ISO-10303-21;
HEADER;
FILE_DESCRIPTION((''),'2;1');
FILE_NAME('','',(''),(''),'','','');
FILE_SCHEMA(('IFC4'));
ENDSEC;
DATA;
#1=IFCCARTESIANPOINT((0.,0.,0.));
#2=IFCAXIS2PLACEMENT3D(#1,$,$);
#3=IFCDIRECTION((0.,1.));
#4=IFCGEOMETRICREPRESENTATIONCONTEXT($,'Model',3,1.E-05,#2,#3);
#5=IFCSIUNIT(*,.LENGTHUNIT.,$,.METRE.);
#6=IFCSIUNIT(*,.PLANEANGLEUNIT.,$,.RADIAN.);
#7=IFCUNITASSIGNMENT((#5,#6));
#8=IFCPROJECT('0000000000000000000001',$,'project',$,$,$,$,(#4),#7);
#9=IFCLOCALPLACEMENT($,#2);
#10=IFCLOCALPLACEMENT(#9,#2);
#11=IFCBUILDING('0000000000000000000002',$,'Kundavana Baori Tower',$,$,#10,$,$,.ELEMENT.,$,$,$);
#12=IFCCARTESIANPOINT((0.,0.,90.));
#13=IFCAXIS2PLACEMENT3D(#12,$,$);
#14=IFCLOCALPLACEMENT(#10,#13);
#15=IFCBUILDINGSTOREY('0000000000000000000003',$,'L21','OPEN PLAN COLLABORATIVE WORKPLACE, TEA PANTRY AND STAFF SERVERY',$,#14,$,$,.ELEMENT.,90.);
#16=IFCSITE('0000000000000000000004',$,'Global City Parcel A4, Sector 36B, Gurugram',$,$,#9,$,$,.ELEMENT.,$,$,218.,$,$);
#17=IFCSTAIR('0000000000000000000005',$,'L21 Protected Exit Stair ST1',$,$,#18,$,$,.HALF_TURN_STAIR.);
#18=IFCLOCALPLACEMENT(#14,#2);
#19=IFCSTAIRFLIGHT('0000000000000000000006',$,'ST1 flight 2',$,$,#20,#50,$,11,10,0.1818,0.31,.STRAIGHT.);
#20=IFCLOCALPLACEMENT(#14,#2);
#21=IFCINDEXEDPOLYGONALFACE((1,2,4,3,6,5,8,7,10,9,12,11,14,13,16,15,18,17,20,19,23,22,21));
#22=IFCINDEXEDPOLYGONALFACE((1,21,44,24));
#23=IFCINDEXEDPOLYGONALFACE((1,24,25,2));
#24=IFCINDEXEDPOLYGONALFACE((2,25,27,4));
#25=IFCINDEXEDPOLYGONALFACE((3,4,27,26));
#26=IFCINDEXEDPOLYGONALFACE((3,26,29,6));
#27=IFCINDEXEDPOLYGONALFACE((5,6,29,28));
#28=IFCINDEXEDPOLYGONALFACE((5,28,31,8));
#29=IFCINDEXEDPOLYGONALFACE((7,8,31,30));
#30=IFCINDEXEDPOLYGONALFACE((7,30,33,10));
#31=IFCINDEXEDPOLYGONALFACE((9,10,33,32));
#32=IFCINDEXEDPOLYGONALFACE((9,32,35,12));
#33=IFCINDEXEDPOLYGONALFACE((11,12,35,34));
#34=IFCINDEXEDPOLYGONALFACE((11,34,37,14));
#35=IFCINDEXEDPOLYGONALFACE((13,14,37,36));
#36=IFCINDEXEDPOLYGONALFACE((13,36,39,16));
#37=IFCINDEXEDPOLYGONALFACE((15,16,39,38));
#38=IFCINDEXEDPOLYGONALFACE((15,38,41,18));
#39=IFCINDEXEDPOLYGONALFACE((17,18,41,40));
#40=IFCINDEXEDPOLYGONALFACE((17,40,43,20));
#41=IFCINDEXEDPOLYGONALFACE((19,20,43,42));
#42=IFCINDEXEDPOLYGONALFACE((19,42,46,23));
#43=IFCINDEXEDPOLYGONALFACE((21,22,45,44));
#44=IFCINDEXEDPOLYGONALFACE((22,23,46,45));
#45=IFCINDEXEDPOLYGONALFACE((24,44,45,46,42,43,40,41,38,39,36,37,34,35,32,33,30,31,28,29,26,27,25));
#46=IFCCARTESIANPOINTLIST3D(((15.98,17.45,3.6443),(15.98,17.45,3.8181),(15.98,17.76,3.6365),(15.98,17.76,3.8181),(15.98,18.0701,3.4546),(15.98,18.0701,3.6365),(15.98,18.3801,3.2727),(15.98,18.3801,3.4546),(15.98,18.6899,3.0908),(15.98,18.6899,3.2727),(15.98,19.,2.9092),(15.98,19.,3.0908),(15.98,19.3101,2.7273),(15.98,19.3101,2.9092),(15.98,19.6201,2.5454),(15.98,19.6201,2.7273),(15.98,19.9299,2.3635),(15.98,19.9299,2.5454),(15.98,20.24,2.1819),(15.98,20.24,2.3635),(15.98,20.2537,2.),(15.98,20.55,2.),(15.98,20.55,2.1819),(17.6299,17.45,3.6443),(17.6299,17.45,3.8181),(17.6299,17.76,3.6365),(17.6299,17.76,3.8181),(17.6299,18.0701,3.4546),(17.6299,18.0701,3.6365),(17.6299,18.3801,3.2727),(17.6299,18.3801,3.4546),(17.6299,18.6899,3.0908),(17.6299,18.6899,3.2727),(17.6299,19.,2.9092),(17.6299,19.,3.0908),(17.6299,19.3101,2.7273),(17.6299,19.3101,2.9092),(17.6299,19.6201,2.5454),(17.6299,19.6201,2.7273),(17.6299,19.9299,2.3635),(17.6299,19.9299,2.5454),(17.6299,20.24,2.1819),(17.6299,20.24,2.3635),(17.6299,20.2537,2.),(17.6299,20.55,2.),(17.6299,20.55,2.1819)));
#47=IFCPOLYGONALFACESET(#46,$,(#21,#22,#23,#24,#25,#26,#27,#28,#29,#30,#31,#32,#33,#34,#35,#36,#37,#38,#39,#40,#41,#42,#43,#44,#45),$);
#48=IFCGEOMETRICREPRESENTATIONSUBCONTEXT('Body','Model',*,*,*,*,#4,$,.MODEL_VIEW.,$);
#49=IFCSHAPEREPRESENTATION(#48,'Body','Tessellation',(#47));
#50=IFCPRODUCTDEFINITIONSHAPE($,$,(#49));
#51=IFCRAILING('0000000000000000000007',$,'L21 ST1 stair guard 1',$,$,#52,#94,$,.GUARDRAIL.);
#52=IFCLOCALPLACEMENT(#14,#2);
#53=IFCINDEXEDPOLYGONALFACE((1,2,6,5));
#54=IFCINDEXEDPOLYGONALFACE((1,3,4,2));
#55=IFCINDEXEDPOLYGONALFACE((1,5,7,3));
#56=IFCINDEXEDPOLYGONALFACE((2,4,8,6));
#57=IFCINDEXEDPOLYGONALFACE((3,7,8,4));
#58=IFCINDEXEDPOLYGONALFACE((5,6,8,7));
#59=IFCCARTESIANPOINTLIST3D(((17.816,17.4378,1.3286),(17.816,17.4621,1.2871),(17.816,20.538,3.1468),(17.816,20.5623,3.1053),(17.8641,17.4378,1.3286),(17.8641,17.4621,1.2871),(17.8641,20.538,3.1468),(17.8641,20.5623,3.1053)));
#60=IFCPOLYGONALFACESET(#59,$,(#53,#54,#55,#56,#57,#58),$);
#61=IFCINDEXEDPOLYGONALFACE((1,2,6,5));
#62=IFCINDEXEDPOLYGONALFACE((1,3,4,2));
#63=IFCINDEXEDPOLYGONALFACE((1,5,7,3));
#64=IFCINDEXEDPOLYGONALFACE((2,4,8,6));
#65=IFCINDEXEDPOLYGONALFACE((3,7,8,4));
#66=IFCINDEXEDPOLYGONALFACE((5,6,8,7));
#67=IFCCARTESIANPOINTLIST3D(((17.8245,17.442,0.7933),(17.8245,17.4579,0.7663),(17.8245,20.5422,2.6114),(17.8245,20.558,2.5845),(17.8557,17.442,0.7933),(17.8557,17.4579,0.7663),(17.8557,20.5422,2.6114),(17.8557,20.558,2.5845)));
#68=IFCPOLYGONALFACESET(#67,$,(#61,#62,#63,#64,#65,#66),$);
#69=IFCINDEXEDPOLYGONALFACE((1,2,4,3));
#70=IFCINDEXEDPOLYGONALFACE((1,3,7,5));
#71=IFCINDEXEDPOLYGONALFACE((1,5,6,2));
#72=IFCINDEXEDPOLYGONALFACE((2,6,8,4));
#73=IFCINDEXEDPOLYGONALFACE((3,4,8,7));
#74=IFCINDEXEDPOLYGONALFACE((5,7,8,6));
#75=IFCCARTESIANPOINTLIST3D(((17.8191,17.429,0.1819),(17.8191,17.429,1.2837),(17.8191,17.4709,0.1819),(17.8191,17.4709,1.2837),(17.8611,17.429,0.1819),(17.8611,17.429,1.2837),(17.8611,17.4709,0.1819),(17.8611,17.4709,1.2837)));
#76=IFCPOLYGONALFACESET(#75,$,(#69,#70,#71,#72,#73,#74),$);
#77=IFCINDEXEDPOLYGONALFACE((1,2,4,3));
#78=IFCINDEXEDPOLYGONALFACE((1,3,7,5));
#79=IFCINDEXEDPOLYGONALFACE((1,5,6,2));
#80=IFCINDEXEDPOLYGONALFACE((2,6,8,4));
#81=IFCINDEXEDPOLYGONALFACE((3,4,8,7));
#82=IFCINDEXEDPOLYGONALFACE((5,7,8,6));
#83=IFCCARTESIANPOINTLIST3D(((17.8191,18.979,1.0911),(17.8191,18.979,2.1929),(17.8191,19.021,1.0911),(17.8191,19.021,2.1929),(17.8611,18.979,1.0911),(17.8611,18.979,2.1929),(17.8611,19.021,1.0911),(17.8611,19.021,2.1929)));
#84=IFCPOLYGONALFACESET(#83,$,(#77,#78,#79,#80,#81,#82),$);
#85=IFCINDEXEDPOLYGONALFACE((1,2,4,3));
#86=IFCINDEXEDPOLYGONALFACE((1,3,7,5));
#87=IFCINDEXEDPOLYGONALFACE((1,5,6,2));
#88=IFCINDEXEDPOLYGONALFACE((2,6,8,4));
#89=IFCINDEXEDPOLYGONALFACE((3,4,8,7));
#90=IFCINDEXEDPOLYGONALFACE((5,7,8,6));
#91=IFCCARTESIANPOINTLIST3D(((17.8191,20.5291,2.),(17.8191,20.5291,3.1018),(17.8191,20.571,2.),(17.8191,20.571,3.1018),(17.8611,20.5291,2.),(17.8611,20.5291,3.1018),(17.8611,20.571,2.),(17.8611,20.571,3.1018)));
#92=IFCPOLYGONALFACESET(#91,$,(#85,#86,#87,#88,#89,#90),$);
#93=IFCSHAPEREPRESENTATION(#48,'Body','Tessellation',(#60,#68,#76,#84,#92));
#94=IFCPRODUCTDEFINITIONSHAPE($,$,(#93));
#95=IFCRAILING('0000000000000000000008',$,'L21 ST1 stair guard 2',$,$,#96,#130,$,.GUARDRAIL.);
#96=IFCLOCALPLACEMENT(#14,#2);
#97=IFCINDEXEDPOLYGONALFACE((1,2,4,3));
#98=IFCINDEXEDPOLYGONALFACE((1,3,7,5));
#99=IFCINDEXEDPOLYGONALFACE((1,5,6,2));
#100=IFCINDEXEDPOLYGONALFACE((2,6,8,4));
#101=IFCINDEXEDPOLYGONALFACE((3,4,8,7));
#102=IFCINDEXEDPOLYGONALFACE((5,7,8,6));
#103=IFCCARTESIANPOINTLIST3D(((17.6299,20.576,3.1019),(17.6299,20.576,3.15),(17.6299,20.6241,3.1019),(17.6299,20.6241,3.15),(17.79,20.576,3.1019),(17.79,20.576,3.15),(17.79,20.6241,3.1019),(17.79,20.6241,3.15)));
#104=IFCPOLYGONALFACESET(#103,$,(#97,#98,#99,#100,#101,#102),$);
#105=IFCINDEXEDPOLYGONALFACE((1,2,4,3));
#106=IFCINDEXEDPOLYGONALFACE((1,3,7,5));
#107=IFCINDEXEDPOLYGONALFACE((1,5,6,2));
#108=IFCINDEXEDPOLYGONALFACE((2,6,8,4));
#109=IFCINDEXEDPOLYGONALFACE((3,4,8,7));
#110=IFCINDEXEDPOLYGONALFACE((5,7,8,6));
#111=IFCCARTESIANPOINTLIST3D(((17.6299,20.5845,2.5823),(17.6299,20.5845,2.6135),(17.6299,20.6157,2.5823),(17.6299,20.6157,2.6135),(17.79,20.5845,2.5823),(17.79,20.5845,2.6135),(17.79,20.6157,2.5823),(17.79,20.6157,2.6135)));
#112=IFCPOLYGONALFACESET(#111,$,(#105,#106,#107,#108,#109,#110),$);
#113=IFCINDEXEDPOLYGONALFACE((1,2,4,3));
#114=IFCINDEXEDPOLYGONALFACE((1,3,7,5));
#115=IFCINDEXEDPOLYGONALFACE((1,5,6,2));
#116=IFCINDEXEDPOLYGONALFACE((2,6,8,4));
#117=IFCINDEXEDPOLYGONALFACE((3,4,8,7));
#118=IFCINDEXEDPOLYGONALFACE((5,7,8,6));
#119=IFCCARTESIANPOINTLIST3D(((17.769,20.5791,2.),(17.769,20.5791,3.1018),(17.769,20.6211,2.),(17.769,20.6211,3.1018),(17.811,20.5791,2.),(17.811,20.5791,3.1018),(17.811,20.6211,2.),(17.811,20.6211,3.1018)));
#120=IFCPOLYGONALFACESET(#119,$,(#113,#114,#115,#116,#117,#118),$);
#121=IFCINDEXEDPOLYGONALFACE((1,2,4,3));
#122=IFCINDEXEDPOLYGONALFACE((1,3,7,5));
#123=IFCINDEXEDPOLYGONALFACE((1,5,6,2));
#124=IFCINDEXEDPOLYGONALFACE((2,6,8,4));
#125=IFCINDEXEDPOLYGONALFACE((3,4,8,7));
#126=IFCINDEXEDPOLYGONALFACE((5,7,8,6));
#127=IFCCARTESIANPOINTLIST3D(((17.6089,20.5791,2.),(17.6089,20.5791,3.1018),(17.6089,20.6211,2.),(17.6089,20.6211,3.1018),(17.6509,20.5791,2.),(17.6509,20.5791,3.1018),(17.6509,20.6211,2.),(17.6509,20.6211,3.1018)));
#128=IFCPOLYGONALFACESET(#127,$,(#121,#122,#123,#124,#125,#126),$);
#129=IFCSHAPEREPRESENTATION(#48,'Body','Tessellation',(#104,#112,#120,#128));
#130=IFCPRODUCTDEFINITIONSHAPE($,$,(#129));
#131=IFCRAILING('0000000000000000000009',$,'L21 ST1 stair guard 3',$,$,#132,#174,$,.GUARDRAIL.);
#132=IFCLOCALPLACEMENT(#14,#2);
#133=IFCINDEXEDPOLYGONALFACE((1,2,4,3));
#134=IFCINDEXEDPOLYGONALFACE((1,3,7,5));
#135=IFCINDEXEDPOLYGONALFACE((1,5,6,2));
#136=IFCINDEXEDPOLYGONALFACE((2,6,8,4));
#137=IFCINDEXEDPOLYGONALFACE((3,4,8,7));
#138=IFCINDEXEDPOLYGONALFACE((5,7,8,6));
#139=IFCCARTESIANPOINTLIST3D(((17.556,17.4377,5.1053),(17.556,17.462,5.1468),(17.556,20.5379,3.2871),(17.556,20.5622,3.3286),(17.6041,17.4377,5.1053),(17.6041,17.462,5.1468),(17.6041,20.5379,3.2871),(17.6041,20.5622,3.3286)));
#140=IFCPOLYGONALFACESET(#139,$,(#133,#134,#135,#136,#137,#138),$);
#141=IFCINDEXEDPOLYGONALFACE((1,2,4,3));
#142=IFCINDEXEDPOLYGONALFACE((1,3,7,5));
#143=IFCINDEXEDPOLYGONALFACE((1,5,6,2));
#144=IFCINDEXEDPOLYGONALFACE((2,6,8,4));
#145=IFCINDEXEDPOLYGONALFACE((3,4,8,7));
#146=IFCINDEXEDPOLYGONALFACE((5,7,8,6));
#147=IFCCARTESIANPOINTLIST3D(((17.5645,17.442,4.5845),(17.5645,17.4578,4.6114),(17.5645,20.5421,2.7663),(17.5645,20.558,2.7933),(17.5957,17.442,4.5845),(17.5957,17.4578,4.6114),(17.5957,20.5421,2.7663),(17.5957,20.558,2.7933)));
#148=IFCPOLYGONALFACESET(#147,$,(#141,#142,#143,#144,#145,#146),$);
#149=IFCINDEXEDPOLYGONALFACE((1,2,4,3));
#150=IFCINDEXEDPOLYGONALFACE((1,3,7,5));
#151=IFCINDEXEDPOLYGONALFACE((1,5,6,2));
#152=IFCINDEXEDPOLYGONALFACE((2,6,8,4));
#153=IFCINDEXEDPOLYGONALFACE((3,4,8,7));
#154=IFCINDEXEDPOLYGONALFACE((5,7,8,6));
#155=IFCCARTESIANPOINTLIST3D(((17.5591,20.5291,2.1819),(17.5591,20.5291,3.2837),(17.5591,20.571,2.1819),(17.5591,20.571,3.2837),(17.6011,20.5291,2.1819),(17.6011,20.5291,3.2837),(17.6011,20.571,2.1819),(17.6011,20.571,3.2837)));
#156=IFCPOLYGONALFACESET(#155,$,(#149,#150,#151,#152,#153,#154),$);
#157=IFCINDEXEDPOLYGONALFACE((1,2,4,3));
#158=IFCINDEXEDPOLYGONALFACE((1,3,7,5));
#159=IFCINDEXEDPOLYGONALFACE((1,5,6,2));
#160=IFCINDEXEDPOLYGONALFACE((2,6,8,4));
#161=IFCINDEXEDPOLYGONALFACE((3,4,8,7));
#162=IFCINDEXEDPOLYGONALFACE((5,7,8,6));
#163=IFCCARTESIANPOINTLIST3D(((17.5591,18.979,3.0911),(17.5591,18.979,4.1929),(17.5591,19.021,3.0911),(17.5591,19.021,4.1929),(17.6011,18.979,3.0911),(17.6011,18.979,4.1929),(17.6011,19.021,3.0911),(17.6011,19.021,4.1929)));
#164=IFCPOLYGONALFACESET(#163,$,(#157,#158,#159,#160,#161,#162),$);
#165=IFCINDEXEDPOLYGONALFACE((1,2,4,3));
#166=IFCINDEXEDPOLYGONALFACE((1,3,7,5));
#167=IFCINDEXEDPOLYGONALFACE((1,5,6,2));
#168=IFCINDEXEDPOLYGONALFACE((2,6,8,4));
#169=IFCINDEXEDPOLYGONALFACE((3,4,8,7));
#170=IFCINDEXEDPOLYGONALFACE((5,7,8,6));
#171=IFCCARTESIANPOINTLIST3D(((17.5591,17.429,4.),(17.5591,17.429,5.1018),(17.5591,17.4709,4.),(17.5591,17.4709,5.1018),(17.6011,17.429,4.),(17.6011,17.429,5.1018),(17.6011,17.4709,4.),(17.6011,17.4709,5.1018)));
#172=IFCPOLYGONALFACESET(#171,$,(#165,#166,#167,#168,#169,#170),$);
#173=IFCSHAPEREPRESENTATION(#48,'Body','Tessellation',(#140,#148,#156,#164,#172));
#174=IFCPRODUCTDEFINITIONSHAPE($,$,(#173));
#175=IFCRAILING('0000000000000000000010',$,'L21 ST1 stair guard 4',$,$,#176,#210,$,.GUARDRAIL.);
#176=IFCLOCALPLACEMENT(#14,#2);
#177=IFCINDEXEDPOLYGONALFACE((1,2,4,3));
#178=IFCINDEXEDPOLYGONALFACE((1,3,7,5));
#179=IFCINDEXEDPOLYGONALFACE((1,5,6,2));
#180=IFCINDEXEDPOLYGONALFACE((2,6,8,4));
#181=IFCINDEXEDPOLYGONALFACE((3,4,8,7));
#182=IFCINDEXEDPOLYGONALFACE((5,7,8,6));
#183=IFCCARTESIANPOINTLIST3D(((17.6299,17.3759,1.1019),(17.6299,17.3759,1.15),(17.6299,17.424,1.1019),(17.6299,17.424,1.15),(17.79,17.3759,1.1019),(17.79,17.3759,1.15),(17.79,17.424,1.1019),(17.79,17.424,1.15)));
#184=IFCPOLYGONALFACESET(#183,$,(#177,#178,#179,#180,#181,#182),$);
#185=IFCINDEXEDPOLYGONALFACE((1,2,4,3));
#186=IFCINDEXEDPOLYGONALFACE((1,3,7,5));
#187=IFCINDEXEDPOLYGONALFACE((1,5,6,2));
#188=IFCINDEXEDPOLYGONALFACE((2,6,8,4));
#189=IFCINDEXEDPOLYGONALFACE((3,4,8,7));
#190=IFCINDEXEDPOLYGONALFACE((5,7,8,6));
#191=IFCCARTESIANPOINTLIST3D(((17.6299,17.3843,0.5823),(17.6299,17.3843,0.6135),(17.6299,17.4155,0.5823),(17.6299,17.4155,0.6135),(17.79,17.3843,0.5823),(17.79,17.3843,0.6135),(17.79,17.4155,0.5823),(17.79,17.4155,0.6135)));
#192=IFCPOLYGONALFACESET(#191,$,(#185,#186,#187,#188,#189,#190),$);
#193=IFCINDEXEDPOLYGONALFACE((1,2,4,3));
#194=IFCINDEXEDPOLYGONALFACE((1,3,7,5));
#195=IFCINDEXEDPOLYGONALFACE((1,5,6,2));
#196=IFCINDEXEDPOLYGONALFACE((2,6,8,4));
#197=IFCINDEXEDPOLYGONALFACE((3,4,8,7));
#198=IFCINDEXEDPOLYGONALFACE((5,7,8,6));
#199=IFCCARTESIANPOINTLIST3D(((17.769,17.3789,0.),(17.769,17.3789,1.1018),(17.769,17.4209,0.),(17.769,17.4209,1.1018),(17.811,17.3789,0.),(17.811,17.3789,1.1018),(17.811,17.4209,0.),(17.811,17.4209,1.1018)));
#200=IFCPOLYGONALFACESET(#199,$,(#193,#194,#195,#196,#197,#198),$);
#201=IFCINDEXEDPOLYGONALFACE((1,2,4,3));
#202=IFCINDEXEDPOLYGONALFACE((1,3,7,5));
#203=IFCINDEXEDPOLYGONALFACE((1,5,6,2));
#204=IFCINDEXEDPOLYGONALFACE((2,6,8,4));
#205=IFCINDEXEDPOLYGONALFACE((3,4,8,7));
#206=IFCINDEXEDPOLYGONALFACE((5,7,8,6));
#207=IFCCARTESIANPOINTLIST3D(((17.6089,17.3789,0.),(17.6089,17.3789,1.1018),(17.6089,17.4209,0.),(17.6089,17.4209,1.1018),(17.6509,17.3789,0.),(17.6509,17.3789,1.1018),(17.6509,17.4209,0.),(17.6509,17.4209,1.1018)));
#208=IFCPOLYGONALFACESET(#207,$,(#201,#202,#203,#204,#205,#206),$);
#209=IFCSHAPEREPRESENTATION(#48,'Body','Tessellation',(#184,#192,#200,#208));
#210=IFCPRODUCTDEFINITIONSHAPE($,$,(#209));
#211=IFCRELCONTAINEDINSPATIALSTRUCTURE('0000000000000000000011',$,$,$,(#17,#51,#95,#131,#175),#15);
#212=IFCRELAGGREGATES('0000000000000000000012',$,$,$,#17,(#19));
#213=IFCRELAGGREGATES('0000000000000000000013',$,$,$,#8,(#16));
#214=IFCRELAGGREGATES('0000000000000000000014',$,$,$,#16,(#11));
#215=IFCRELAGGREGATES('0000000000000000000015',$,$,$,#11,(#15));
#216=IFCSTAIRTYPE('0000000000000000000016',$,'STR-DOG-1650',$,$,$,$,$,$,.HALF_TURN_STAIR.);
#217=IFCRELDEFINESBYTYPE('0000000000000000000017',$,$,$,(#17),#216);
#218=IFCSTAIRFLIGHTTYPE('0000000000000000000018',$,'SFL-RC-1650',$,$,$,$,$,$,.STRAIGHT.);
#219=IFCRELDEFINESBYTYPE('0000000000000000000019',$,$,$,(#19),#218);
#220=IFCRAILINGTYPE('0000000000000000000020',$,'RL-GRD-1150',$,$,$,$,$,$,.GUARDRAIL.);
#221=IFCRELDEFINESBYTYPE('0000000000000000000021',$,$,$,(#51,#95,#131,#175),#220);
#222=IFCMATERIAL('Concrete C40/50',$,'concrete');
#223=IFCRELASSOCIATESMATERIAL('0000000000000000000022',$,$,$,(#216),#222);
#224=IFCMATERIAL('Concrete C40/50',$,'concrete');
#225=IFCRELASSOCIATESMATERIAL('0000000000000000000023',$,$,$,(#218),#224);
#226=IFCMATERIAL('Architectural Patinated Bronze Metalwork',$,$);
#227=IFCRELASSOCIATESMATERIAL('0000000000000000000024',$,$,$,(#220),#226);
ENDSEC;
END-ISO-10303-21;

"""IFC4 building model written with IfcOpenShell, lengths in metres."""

from ifc_helpers import new_model, si_unit, direction, frame, origin, origin_2d, place, context, subcontext, project, spatial, polyline, rectangle, outline, extrude, material, type_object, element, aggregate, save


model = new_model("IFC4")

# Units and contexts
model_context = context("Model", 3, precision=1e-05, world=origin(), true_north=direction((0.0, 1.0)))
body_context = subcontext(model_context, "Body", "Model", "MODEL_VIEW")
ifc_project = project(units=[si_unit("LENGTHUNIT", "METRE"), si_unit("PLANEANGLEUNIT", "RADIAN")], contexts=[model_context])

# Site, building, storey
site_placement = place(None, origin())
site = spatial("IfcSite", under=ifc_project, at=site_placement, Name="Global City Parcel A4, Sector 36B, Gurugram", CompositionType="ELEMENT", RefElevation=218.0)
building_placement = place(site_placement, origin())
building = spatial("IfcBuilding", under=site, at=building_placement, Name="Kundavana Baori Tower", CompositionType="ELEMENT")
storey_placement = place(building_placement, frame((0.0, 0.0, 90.0)))
storey = spatial("IfcBuildingStorey", under=building, at=storey_placement, Name="L21", Description="OPEN PLAN COLLABORATIVE WORKPLACE, TEA PANTRY AND STAFF SERVERY", CompositionType="ELEMENT", Elevation=90.0)

# Stair, stair flight
ifc_material_1 = material(Name="Concrete C40/50", Category="concrete")
stair_type = type_object("IfcStairType", Name="STR-DOG-1650", PredefinedType="HALF_TURN_STAIR", material=ifc_material_1)
stair_placement = place(storey_placement, origin())
stair = element("IfcStair", 1, at=stair_placement, inside=storey, type_object=stair_type, Name="L21 Protected Exit Stair ST1", PredefinedType="HALF_TURN_STAIR")
ifc_material_2 = material(Name="Concrete C40/50", Category="concrete")
stair_flight_type = type_object("IfcStairFlightType", Name="SFL-RC-1650", PredefinedType="STRAIGHT", material=ifc_material_2)
stair_flight_1_placement = place(storey_placement, frame((16.8049, 20.55, 2.0), z_axis=(0.0, 0.0, 1.0), x_axis=(0.0, -1.0, 0.0)))
stair_flight_1 = element("IfcStairFlight", 2, at=stair_flight_1_placement, type_object=stair_flight_type, Name="ST1 flight 2", NumberOfRisers=11, NumberOfTreads=10, PredefinedType="STRAIGHT", RiserHeight=0.1818, TreadLength=0.31, context=body_context, shape_type="SweptSolid", body=[
    extrude(outline(polyline([(0.0, 0.0), (0.0, 0.1819), (0.3101, 0.1819), (0.3101, 0.3635), (0.6201, 0.3635), (0.6201, 0.5454), (0.9299, 0.5454), (0.9299, 0.7273), (1.24, 0.7273), (1.24, 0.9092), (1.55, 0.9092), (1.55, 1.0908), (1.8601, 1.0908), (1.8601, 1.2727), (2.1699, 1.2727), (2.1699, 1.4546), (2.48, 1.4546), (2.48, 1.6365), (2.79, 1.6365), (2.79, 1.8181), (3.1001, 1.8181), (3.1001, 2.0), (3.1001, 1.6443), (0.2964, 0.0), (0.0, 0.0)])), frame((0.0, 0.825, 0.0), z_axis=(0.0, -1.0, 0.0), x_axis=(1.0, 0.0, 0.0)), (0.0, 0.0, 1.0), 1.6499),
])
aggregate(stair, [stair_flight_1])

# Railings
ifc_material_3 = material(Name="Architectural Patinated Bronze Metalwork")
railing_type_1 = type_object("IfcRailingType", Name="RL-GRD-1150", PredefinedType="GUARDRAIL", material=ifc_material_3)
railing_1_placement = place(storey_placement, frame((17.8401, 17.45, 0.1819)))
element("IfcRailing", 3, at=railing_1_placement, inside=storey, type_object=railing_type_1, Name="L21 ST1 stair guard 1", PredefinedType="GUARDRAIL", context=body_context, shape_type="SweptSolid", body=[
    extrude(rectangle(XDim=0.0481, YDim=0.0481, at=origin_2d()), frame((0.0, 0.0, 1.126), z_axis=(0.0, 0.862599, 0.505889), x_axis=(-1.0, 0.0, 0.0)), (0.0, 0.0, 1.0), 3.594),
    extrude(rectangle(XDim=0.0312, YDim=0.0312, at=origin_2d()), frame((0.0, 0.0, 0.5979), z_axis=(0.0, 0.862599, 0.505889), x_axis=(-1.0, 0.0, 0.0)), (0.0, 0.0, 1.0), 3.594),
    extrude(rectangle(XDim=0.042, YDim=0.042, at=origin_2d()), origin(), (0.0, 0.0, 1.0), 1.1018),
    extrude(rectangle(XDim=0.042, YDim=0.042, at=origin_2d()), frame((0.0, 1.55, 0.9092)), (0.0, 0.0, 1.0), 1.1018),
    extrude(rectangle(XDim=0.042, YDim=0.042, at=origin_2d()), frame((0.0, 3.1001, 1.8181)), (0.0, 0.0, 1.0), 1.1018),
])
railing_2_placement = place(storey_placement, frame((17.79, 20.6001, 2.0)))
element("IfcRailing", 4, at=railing_2_placement, inside=storey, type_object=railing_type_1, Name="L21 ST1 stair guard 2", PredefinedType="GUARDRAIL", context=body_context, shape_type="SweptSolid", body=[
    extrude(rectangle(XDim=0.0481, YDim=0.0481, at=origin_2d()), frame((0.0, 0.0, 1.126), z_axis=(-1.0, 0.0, 0.0), x_axis=(0.0, -1.0, 0.0)), (0.0, 0.0, 1.0), 0.1602),
    extrude(rectangle(XDim=0.0312, YDim=0.0312, at=origin_2d()), frame((0.0, 0.0, 0.5979), z_axis=(-1.0, 0.0, 0.0), x_axis=(0.0, -1.0, 0.0)), (0.0, 0.0, 1.0), 0.1602),
    extrude(rectangle(XDim=0.042, YDim=0.042, at=origin_2d()), origin(), (0.0, 0.0, 1.0), 1.1018),
    extrude(rectangle(XDim=0.042, YDim=0.042, at=origin_2d()), frame((-0.1602, 0.0, 0.0)), (0.0, 0.0, 1.0), 1.1018),
])
railing_3_placement = place(storey_placement, frame((17.5801, 20.55, 2.1819)))
element("IfcRailing", 5, at=railing_3_placement, inside=storey, type_object=railing_type_1, Name="L21 ST1 stair guard 3", PredefinedType="GUARDRAIL", context=body_context, shape_type="SweptSolid", body=[
    extrude(rectangle(XDim=0.0481, YDim=0.0481, at=origin_2d()), frame((0.0, 0.0, 1.126), z_axis=(0.0, -0.862599, 0.505889), x_axis=(1.0, 0.0, 0.0)), (0.0, 0.0, 1.0), 3.594),
    extrude(rectangle(XDim=0.0312, YDim=0.0312, at=origin_2d()), frame((0.0, 0.0, 0.5979), z_axis=(0.0, -0.862599, 0.505889), x_axis=(1.0, 0.0, 0.0)), (0.0, 0.0, 1.0), 3.594),
    extrude(rectangle(XDim=0.042, YDim=0.042, at=origin_2d()), origin(), (0.0, 0.0, 1.0), 1.1018),
    extrude(rectangle(XDim=0.042, YDim=0.042, at=origin_2d()), frame((0.0, -1.55, 0.9092)), (0.0, 0.0, 1.0), 1.1018),
    extrude(rectangle(XDim=0.042, YDim=0.042, at=origin_2d()), frame((0.0, -3.1001, 1.8181)), (0.0, 0.0, 1.0), 1.1018),
])
railing_4_placement = place(storey_placement, frame((17.79, 17.3999, 0.0)))
element("IfcRailing", 6, at=railing_4_placement, inside=storey, type_object=railing_type_1, Name="L21 ST1 stair guard 4", PredefinedType="GUARDRAIL", context=body_context, shape_type="SweptSolid", body=[
    extrude(rectangle(XDim=0.0481, YDim=0.0481, at=origin_2d()), frame((0.0, 0.0, 1.126), z_axis=(-1.0, 0.0, 0.0), x_axis=(0.0, -1.0, 0.0)), (0.0, 0.0, 1.0), 0.1602),
    extrude(rectangle(XDim=0.0312, YDim=0.0312, at=origin_2d()), frame((0.0, 0.0, 0.5979), z_axis=(-1.0, 0.0, 0.0), x_axis=(0.0, -1.0, 0.0)), (0.0, 0.0, 1.0), 0.1602),
    extrude(rectangle(XDim=0.042, YDim=0.042, at=origin_2d()), origin(), (0.0, 0.0, 1.0), 1.1018),
    extrude(rectangle(XDim=0.042, YDim=0.042, at=origin_2d()), frame((-0.1602, 0.0, 0.0)), (0.0, 0.0, 1.0), 1.1018),
])

save(model, "model.ifc")
